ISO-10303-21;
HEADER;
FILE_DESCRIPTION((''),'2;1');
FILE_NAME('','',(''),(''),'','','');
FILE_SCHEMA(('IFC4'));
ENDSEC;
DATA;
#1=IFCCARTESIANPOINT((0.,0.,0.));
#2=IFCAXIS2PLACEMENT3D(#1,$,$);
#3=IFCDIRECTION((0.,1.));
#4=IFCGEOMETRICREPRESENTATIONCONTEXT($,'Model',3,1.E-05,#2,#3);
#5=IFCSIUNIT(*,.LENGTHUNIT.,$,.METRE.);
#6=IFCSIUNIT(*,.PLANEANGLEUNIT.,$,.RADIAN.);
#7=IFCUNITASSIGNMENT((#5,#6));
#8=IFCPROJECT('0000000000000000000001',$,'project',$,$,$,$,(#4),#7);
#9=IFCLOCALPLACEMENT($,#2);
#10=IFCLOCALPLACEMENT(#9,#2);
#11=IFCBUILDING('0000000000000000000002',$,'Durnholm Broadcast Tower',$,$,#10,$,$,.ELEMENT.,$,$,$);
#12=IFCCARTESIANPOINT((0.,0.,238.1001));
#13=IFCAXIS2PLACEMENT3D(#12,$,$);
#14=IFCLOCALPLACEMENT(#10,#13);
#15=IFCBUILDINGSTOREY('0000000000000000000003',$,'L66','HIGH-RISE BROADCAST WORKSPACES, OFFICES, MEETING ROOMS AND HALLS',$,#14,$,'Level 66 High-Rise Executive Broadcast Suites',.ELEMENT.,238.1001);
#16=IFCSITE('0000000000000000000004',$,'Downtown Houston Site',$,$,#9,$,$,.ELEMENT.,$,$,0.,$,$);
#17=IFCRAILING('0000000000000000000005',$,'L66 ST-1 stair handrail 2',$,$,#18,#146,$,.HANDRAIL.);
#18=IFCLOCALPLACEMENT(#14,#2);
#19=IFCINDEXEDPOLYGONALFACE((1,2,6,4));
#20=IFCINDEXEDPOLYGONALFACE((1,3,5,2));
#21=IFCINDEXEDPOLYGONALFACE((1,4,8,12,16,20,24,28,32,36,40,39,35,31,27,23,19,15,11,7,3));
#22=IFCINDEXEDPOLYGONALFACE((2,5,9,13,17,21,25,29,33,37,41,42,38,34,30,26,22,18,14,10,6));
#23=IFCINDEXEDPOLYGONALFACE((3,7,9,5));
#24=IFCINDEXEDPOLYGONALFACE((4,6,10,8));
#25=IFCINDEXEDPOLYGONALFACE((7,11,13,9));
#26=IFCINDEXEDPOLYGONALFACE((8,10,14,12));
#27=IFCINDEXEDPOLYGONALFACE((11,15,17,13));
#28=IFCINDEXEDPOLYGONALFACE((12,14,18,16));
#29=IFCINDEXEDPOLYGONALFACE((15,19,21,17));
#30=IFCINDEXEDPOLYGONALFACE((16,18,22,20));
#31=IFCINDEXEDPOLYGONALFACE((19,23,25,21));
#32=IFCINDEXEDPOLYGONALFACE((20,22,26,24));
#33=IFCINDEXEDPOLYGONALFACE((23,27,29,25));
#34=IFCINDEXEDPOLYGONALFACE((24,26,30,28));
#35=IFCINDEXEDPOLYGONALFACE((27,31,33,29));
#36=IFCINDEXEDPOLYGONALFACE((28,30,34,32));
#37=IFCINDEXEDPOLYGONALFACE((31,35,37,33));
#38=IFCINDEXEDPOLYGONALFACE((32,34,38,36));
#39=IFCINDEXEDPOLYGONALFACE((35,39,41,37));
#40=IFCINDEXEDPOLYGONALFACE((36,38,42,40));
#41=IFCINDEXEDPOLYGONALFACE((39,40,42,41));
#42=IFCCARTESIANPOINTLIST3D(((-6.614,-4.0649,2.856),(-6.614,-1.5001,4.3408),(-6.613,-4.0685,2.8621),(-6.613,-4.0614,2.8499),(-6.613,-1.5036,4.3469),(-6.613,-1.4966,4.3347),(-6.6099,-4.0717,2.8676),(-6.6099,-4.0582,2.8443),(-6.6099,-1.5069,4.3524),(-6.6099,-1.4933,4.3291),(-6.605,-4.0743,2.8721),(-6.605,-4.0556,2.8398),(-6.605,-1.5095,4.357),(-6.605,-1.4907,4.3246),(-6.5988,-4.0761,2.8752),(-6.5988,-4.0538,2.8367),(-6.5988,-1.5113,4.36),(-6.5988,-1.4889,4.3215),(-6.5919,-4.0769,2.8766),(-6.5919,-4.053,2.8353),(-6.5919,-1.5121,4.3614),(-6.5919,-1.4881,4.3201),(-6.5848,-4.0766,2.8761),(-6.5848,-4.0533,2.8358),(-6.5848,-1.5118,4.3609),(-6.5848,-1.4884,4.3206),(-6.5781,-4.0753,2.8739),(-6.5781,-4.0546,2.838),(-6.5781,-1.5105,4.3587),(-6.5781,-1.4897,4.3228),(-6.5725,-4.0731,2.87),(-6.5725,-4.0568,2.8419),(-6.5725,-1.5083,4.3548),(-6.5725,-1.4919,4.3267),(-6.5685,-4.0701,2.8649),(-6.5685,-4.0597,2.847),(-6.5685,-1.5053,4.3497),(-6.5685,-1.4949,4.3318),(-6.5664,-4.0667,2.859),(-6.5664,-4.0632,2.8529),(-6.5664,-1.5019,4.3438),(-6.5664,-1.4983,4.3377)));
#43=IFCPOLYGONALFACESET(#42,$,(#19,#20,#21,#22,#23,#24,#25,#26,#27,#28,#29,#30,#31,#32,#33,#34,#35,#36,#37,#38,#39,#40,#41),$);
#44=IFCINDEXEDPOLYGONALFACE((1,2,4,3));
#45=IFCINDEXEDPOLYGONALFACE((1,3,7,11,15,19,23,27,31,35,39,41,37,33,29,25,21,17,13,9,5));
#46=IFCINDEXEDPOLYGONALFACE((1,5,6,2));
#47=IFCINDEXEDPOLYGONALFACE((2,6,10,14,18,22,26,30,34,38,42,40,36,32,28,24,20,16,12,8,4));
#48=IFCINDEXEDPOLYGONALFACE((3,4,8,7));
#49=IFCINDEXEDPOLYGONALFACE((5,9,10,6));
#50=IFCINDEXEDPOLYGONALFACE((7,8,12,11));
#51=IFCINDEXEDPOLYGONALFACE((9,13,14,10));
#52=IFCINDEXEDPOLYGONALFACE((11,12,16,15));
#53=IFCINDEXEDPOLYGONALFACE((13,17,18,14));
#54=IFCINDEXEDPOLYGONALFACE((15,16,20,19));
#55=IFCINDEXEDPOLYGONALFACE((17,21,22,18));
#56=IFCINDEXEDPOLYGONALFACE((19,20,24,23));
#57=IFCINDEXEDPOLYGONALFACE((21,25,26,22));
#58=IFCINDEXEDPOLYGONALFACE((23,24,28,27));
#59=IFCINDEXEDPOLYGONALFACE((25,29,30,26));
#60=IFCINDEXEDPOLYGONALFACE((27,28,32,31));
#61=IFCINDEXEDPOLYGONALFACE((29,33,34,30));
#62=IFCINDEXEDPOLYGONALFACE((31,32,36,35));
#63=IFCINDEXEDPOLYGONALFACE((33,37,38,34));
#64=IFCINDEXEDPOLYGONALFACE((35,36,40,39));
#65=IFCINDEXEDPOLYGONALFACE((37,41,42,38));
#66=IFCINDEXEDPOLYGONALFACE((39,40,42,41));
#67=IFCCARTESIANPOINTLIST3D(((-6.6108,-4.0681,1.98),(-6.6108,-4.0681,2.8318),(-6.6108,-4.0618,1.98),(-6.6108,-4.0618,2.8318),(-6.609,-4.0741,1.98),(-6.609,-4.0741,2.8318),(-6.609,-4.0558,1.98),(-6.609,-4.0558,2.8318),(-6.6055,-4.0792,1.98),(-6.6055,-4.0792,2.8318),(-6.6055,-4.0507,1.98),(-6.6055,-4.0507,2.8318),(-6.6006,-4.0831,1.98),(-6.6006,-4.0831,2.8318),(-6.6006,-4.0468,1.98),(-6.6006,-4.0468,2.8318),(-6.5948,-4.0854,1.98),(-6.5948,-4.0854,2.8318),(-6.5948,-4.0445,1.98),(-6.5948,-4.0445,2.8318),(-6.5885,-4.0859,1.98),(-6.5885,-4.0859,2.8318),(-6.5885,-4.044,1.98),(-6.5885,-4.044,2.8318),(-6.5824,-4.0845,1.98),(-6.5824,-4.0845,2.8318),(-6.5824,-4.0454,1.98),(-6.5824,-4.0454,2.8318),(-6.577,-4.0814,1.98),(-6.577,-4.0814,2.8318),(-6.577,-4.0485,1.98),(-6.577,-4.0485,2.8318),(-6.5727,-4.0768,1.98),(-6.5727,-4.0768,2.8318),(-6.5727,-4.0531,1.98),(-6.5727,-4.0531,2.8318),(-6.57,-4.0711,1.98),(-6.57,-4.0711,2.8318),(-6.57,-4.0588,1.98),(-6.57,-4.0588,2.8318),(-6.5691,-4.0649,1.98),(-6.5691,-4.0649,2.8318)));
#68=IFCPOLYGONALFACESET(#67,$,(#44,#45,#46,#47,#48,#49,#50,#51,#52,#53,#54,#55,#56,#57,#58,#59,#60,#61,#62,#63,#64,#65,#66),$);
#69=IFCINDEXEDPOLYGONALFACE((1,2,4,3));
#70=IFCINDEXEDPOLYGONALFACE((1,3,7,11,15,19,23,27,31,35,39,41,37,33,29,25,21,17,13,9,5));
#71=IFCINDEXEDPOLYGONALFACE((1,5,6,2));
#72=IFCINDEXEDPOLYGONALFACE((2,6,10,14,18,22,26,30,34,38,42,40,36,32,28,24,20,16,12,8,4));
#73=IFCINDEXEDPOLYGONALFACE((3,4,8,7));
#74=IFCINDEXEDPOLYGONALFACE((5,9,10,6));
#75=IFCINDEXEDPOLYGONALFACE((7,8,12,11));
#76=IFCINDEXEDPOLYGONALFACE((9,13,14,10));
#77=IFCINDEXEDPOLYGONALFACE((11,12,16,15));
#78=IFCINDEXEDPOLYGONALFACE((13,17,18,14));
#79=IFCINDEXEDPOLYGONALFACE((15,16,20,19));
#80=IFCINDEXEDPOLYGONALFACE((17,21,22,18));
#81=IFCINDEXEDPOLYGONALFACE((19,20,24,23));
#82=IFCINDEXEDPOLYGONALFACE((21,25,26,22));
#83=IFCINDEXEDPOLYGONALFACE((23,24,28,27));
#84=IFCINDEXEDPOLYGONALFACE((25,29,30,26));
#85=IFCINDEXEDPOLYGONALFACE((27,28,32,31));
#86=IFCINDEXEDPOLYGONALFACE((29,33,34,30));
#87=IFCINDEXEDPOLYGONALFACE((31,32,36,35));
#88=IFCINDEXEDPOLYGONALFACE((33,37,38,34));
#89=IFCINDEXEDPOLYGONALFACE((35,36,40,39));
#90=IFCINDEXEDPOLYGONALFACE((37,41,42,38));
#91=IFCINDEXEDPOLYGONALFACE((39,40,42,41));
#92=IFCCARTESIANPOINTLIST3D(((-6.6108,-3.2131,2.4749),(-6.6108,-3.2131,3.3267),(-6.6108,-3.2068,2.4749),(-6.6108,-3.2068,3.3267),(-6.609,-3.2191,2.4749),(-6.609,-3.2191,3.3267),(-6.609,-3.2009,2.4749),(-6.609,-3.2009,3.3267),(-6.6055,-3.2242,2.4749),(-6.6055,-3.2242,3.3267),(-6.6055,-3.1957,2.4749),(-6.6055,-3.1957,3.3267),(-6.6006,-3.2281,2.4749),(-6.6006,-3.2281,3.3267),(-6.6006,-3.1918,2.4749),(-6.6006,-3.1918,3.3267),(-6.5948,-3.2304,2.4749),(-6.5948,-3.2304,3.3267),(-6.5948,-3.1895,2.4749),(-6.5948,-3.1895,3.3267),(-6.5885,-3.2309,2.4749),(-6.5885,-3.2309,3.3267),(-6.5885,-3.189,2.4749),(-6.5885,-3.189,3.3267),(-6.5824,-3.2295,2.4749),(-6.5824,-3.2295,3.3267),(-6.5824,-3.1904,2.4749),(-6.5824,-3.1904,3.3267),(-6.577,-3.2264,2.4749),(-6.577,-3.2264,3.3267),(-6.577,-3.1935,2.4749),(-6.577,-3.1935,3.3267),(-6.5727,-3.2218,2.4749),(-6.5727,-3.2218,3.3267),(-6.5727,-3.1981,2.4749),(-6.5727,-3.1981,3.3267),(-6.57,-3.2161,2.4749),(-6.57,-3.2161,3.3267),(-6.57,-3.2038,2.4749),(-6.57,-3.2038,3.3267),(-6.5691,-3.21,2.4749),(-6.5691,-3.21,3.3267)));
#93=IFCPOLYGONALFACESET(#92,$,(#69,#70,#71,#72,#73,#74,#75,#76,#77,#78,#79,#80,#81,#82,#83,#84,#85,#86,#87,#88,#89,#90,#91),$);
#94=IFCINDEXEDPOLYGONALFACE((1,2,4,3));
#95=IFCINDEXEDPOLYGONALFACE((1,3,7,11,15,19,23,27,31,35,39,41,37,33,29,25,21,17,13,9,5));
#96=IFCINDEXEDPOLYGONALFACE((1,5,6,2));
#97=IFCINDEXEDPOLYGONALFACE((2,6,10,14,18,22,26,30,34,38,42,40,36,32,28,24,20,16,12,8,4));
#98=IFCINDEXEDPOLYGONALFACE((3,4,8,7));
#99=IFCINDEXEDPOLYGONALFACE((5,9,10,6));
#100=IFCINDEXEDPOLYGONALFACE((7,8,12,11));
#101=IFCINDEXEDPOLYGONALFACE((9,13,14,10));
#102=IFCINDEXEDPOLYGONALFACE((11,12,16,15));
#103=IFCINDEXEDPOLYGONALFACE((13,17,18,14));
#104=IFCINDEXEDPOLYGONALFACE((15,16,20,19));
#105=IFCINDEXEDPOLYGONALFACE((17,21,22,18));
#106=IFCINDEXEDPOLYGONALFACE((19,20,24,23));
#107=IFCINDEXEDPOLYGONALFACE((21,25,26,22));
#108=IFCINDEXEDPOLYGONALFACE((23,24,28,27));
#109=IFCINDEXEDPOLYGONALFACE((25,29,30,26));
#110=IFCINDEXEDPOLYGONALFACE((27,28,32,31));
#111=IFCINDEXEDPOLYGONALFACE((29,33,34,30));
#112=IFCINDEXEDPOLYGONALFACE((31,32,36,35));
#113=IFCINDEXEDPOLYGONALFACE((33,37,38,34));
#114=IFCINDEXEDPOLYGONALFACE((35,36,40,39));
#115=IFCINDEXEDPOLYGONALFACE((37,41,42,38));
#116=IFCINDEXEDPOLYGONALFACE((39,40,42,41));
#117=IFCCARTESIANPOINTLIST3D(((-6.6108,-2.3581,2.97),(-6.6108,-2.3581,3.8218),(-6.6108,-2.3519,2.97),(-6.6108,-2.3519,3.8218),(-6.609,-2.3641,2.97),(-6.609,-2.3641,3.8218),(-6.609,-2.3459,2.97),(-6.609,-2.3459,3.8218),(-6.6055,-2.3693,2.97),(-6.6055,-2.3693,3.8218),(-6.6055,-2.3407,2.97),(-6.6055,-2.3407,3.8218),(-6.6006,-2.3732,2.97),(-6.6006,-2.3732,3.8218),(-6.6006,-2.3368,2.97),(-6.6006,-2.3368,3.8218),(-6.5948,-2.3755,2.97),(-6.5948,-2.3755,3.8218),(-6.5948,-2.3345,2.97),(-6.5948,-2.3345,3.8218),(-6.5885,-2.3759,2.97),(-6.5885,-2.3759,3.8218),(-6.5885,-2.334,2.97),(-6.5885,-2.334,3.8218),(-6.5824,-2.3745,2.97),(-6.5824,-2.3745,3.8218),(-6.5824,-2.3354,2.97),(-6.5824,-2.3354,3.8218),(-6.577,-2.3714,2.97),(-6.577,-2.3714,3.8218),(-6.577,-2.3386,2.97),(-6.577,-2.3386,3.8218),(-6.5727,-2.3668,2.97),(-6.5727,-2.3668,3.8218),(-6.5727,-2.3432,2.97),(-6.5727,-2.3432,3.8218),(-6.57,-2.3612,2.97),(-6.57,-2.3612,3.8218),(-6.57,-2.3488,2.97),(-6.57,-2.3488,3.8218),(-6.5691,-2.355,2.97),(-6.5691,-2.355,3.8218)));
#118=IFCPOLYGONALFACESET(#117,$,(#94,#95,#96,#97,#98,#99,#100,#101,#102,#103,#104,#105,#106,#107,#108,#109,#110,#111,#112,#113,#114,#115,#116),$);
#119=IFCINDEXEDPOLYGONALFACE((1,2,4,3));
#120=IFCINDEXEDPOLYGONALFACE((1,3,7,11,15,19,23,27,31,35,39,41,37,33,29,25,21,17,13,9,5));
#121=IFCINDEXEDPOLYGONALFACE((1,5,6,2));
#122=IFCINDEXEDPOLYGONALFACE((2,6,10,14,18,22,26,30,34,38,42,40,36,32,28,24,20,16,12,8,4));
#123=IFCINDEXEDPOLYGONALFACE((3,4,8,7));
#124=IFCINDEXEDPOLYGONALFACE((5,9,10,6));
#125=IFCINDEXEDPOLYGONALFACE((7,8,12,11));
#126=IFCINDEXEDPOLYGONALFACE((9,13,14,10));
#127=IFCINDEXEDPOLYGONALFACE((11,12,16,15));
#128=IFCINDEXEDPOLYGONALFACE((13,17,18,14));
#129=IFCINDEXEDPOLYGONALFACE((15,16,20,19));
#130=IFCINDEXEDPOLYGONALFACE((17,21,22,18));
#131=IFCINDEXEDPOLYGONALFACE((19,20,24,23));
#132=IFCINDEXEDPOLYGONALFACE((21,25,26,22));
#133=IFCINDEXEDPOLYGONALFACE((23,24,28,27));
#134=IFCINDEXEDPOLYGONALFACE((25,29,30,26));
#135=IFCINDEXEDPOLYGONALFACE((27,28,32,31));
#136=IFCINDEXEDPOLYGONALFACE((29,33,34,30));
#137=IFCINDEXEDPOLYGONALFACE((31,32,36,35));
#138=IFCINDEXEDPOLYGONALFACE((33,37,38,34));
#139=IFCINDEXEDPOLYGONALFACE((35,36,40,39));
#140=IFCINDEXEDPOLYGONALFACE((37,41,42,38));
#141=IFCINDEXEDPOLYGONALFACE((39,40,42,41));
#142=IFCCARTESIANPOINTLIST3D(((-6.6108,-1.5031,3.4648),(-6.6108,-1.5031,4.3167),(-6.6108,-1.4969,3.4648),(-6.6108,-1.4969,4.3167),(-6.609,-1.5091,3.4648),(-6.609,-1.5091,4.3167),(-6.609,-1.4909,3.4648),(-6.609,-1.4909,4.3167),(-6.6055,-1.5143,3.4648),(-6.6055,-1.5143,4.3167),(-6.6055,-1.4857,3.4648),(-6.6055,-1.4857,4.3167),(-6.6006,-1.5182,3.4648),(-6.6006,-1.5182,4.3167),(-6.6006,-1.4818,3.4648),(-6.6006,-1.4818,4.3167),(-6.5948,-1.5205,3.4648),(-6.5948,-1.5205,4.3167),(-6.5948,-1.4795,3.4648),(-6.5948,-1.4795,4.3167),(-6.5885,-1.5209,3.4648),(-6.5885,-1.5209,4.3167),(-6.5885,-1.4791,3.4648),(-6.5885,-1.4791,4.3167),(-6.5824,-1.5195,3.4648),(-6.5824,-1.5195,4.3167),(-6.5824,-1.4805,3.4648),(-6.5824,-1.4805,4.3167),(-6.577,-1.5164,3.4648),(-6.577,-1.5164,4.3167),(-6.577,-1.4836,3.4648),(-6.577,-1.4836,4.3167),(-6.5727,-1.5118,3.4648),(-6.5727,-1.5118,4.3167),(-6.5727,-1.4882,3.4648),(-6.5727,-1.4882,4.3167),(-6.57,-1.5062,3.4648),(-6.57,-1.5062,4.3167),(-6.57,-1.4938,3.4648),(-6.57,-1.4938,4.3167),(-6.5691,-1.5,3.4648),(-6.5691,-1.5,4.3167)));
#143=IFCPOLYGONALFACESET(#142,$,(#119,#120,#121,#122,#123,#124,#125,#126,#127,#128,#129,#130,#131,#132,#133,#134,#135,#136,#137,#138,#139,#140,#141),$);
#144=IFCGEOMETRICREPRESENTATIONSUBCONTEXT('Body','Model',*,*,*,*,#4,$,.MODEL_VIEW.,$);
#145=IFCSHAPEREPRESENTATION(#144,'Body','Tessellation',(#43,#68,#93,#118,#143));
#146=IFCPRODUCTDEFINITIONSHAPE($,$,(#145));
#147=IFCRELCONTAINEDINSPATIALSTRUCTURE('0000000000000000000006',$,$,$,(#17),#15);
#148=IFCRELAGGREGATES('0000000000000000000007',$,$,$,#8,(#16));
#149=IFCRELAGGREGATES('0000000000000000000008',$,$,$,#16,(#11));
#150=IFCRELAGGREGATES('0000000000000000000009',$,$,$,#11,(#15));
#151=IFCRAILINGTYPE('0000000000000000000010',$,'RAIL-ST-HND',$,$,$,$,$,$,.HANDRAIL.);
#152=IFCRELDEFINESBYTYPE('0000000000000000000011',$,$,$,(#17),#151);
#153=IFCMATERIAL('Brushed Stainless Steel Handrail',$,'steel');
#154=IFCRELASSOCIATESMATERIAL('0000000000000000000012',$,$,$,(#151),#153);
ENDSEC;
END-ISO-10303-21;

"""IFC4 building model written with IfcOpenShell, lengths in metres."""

from ifc_helpers import new_model, si_unit, direction, frame, origin, origin_2d, place, context, subcontext, project, spatial, circle, extrude, material, type_object, element, save


model = new_model("IFC4")

# Units and contexts
model_context = context("Model", 3, precision=1e-05, world=origin(), true_north=direction((0.0, 1.0)))
body_context = subcontext(model_context, "Body", "Model", "MODEL_VIEW")
ifc_project = project(units=[si_unit("LENGTHUNIT", "METRE"), si_unit("PLANEANGLEUNIT", "RADIAN")], contexts=[model_context])

# Site, building, storey
site_placement = place(None, origin())
site = spatial("IfcSite", under=ifc_project, at=site_placement, Name="Downtown Houston Site", CompositionType="ELEMENT", RefElevation=0.0)
building_placement = place(site_placement, origin())
building = spatial("IfcBuilding", under=site, at=building_placement, Name="Durnholm Broadcast Tower", CompositionType="ELEMENT")
storey_placement = place(building_placement, frame((0.0, 0.0, 238.1001)))
storey = spatial("IfcBuildingStorey", under=building, at=storey_placement, Name="L66", Description="HIGH-RISE BROADCAST WORKSPACES, OFFICES, MEETING ROOMS AND HALLS", LongName="Level 66 High-Rise Executive Broadcast Suites", CompositionType="ELEMENT", Elevation=238.1001)

# Railing
ifc_material_1 = material(Name="Brushed Stainless Steel Handrail", Category="steel")
railing_type_1 = type_object("IfcRailingType", Name="RAIL-ST-HND", PredefinedType="HANDRAIL", material=ifc_material_1)
railing_1_placement = place(storey_placement, frame((-6.5901, -4.0649, 1.98)))
element("IfcRailing", 1, at=railing_1_placement, inside=storey, type_object=railing_type_1, Name="L66 ST-1 stair handrail 2", PredefinedType="HANDRAIL", context=body_context, shape_type="SweptSolid", body=[
    extrude(circle(Radius=0.0239, at=origin_2d()), frame((0.0, 0.0, 0.876), z_axis=(0.0, 0.865441, 0.50101), x_axis=(-1.0, 0.0, 0.0)), (0.0, 0.0, 1.0), 2.9636),
    extrude(circle(Radius=0.021, at=origin_2d()), origin(), (0.0, 0.0, 1.0), 0.8518),
    extrude(circle(Radius=0.021, at=origin_2d()), frame((0.0, 0.855, 0.4949)), (0.0, 0.0, 1.0), 0.8518),
    extrude(circle(Radius=0.021, at=origin_2d()), frame((0.0, 1.71, 0.99)), (0.0, 0.0, 1.0), 0.8518),
    extrude(circle(Radius=0.021, at=origin_2d()), frame((0.0, 2.5649, 1.4849)), (0.0, 0.0, 1.0), 0.8518),
])

save(model, "model.ifc")
